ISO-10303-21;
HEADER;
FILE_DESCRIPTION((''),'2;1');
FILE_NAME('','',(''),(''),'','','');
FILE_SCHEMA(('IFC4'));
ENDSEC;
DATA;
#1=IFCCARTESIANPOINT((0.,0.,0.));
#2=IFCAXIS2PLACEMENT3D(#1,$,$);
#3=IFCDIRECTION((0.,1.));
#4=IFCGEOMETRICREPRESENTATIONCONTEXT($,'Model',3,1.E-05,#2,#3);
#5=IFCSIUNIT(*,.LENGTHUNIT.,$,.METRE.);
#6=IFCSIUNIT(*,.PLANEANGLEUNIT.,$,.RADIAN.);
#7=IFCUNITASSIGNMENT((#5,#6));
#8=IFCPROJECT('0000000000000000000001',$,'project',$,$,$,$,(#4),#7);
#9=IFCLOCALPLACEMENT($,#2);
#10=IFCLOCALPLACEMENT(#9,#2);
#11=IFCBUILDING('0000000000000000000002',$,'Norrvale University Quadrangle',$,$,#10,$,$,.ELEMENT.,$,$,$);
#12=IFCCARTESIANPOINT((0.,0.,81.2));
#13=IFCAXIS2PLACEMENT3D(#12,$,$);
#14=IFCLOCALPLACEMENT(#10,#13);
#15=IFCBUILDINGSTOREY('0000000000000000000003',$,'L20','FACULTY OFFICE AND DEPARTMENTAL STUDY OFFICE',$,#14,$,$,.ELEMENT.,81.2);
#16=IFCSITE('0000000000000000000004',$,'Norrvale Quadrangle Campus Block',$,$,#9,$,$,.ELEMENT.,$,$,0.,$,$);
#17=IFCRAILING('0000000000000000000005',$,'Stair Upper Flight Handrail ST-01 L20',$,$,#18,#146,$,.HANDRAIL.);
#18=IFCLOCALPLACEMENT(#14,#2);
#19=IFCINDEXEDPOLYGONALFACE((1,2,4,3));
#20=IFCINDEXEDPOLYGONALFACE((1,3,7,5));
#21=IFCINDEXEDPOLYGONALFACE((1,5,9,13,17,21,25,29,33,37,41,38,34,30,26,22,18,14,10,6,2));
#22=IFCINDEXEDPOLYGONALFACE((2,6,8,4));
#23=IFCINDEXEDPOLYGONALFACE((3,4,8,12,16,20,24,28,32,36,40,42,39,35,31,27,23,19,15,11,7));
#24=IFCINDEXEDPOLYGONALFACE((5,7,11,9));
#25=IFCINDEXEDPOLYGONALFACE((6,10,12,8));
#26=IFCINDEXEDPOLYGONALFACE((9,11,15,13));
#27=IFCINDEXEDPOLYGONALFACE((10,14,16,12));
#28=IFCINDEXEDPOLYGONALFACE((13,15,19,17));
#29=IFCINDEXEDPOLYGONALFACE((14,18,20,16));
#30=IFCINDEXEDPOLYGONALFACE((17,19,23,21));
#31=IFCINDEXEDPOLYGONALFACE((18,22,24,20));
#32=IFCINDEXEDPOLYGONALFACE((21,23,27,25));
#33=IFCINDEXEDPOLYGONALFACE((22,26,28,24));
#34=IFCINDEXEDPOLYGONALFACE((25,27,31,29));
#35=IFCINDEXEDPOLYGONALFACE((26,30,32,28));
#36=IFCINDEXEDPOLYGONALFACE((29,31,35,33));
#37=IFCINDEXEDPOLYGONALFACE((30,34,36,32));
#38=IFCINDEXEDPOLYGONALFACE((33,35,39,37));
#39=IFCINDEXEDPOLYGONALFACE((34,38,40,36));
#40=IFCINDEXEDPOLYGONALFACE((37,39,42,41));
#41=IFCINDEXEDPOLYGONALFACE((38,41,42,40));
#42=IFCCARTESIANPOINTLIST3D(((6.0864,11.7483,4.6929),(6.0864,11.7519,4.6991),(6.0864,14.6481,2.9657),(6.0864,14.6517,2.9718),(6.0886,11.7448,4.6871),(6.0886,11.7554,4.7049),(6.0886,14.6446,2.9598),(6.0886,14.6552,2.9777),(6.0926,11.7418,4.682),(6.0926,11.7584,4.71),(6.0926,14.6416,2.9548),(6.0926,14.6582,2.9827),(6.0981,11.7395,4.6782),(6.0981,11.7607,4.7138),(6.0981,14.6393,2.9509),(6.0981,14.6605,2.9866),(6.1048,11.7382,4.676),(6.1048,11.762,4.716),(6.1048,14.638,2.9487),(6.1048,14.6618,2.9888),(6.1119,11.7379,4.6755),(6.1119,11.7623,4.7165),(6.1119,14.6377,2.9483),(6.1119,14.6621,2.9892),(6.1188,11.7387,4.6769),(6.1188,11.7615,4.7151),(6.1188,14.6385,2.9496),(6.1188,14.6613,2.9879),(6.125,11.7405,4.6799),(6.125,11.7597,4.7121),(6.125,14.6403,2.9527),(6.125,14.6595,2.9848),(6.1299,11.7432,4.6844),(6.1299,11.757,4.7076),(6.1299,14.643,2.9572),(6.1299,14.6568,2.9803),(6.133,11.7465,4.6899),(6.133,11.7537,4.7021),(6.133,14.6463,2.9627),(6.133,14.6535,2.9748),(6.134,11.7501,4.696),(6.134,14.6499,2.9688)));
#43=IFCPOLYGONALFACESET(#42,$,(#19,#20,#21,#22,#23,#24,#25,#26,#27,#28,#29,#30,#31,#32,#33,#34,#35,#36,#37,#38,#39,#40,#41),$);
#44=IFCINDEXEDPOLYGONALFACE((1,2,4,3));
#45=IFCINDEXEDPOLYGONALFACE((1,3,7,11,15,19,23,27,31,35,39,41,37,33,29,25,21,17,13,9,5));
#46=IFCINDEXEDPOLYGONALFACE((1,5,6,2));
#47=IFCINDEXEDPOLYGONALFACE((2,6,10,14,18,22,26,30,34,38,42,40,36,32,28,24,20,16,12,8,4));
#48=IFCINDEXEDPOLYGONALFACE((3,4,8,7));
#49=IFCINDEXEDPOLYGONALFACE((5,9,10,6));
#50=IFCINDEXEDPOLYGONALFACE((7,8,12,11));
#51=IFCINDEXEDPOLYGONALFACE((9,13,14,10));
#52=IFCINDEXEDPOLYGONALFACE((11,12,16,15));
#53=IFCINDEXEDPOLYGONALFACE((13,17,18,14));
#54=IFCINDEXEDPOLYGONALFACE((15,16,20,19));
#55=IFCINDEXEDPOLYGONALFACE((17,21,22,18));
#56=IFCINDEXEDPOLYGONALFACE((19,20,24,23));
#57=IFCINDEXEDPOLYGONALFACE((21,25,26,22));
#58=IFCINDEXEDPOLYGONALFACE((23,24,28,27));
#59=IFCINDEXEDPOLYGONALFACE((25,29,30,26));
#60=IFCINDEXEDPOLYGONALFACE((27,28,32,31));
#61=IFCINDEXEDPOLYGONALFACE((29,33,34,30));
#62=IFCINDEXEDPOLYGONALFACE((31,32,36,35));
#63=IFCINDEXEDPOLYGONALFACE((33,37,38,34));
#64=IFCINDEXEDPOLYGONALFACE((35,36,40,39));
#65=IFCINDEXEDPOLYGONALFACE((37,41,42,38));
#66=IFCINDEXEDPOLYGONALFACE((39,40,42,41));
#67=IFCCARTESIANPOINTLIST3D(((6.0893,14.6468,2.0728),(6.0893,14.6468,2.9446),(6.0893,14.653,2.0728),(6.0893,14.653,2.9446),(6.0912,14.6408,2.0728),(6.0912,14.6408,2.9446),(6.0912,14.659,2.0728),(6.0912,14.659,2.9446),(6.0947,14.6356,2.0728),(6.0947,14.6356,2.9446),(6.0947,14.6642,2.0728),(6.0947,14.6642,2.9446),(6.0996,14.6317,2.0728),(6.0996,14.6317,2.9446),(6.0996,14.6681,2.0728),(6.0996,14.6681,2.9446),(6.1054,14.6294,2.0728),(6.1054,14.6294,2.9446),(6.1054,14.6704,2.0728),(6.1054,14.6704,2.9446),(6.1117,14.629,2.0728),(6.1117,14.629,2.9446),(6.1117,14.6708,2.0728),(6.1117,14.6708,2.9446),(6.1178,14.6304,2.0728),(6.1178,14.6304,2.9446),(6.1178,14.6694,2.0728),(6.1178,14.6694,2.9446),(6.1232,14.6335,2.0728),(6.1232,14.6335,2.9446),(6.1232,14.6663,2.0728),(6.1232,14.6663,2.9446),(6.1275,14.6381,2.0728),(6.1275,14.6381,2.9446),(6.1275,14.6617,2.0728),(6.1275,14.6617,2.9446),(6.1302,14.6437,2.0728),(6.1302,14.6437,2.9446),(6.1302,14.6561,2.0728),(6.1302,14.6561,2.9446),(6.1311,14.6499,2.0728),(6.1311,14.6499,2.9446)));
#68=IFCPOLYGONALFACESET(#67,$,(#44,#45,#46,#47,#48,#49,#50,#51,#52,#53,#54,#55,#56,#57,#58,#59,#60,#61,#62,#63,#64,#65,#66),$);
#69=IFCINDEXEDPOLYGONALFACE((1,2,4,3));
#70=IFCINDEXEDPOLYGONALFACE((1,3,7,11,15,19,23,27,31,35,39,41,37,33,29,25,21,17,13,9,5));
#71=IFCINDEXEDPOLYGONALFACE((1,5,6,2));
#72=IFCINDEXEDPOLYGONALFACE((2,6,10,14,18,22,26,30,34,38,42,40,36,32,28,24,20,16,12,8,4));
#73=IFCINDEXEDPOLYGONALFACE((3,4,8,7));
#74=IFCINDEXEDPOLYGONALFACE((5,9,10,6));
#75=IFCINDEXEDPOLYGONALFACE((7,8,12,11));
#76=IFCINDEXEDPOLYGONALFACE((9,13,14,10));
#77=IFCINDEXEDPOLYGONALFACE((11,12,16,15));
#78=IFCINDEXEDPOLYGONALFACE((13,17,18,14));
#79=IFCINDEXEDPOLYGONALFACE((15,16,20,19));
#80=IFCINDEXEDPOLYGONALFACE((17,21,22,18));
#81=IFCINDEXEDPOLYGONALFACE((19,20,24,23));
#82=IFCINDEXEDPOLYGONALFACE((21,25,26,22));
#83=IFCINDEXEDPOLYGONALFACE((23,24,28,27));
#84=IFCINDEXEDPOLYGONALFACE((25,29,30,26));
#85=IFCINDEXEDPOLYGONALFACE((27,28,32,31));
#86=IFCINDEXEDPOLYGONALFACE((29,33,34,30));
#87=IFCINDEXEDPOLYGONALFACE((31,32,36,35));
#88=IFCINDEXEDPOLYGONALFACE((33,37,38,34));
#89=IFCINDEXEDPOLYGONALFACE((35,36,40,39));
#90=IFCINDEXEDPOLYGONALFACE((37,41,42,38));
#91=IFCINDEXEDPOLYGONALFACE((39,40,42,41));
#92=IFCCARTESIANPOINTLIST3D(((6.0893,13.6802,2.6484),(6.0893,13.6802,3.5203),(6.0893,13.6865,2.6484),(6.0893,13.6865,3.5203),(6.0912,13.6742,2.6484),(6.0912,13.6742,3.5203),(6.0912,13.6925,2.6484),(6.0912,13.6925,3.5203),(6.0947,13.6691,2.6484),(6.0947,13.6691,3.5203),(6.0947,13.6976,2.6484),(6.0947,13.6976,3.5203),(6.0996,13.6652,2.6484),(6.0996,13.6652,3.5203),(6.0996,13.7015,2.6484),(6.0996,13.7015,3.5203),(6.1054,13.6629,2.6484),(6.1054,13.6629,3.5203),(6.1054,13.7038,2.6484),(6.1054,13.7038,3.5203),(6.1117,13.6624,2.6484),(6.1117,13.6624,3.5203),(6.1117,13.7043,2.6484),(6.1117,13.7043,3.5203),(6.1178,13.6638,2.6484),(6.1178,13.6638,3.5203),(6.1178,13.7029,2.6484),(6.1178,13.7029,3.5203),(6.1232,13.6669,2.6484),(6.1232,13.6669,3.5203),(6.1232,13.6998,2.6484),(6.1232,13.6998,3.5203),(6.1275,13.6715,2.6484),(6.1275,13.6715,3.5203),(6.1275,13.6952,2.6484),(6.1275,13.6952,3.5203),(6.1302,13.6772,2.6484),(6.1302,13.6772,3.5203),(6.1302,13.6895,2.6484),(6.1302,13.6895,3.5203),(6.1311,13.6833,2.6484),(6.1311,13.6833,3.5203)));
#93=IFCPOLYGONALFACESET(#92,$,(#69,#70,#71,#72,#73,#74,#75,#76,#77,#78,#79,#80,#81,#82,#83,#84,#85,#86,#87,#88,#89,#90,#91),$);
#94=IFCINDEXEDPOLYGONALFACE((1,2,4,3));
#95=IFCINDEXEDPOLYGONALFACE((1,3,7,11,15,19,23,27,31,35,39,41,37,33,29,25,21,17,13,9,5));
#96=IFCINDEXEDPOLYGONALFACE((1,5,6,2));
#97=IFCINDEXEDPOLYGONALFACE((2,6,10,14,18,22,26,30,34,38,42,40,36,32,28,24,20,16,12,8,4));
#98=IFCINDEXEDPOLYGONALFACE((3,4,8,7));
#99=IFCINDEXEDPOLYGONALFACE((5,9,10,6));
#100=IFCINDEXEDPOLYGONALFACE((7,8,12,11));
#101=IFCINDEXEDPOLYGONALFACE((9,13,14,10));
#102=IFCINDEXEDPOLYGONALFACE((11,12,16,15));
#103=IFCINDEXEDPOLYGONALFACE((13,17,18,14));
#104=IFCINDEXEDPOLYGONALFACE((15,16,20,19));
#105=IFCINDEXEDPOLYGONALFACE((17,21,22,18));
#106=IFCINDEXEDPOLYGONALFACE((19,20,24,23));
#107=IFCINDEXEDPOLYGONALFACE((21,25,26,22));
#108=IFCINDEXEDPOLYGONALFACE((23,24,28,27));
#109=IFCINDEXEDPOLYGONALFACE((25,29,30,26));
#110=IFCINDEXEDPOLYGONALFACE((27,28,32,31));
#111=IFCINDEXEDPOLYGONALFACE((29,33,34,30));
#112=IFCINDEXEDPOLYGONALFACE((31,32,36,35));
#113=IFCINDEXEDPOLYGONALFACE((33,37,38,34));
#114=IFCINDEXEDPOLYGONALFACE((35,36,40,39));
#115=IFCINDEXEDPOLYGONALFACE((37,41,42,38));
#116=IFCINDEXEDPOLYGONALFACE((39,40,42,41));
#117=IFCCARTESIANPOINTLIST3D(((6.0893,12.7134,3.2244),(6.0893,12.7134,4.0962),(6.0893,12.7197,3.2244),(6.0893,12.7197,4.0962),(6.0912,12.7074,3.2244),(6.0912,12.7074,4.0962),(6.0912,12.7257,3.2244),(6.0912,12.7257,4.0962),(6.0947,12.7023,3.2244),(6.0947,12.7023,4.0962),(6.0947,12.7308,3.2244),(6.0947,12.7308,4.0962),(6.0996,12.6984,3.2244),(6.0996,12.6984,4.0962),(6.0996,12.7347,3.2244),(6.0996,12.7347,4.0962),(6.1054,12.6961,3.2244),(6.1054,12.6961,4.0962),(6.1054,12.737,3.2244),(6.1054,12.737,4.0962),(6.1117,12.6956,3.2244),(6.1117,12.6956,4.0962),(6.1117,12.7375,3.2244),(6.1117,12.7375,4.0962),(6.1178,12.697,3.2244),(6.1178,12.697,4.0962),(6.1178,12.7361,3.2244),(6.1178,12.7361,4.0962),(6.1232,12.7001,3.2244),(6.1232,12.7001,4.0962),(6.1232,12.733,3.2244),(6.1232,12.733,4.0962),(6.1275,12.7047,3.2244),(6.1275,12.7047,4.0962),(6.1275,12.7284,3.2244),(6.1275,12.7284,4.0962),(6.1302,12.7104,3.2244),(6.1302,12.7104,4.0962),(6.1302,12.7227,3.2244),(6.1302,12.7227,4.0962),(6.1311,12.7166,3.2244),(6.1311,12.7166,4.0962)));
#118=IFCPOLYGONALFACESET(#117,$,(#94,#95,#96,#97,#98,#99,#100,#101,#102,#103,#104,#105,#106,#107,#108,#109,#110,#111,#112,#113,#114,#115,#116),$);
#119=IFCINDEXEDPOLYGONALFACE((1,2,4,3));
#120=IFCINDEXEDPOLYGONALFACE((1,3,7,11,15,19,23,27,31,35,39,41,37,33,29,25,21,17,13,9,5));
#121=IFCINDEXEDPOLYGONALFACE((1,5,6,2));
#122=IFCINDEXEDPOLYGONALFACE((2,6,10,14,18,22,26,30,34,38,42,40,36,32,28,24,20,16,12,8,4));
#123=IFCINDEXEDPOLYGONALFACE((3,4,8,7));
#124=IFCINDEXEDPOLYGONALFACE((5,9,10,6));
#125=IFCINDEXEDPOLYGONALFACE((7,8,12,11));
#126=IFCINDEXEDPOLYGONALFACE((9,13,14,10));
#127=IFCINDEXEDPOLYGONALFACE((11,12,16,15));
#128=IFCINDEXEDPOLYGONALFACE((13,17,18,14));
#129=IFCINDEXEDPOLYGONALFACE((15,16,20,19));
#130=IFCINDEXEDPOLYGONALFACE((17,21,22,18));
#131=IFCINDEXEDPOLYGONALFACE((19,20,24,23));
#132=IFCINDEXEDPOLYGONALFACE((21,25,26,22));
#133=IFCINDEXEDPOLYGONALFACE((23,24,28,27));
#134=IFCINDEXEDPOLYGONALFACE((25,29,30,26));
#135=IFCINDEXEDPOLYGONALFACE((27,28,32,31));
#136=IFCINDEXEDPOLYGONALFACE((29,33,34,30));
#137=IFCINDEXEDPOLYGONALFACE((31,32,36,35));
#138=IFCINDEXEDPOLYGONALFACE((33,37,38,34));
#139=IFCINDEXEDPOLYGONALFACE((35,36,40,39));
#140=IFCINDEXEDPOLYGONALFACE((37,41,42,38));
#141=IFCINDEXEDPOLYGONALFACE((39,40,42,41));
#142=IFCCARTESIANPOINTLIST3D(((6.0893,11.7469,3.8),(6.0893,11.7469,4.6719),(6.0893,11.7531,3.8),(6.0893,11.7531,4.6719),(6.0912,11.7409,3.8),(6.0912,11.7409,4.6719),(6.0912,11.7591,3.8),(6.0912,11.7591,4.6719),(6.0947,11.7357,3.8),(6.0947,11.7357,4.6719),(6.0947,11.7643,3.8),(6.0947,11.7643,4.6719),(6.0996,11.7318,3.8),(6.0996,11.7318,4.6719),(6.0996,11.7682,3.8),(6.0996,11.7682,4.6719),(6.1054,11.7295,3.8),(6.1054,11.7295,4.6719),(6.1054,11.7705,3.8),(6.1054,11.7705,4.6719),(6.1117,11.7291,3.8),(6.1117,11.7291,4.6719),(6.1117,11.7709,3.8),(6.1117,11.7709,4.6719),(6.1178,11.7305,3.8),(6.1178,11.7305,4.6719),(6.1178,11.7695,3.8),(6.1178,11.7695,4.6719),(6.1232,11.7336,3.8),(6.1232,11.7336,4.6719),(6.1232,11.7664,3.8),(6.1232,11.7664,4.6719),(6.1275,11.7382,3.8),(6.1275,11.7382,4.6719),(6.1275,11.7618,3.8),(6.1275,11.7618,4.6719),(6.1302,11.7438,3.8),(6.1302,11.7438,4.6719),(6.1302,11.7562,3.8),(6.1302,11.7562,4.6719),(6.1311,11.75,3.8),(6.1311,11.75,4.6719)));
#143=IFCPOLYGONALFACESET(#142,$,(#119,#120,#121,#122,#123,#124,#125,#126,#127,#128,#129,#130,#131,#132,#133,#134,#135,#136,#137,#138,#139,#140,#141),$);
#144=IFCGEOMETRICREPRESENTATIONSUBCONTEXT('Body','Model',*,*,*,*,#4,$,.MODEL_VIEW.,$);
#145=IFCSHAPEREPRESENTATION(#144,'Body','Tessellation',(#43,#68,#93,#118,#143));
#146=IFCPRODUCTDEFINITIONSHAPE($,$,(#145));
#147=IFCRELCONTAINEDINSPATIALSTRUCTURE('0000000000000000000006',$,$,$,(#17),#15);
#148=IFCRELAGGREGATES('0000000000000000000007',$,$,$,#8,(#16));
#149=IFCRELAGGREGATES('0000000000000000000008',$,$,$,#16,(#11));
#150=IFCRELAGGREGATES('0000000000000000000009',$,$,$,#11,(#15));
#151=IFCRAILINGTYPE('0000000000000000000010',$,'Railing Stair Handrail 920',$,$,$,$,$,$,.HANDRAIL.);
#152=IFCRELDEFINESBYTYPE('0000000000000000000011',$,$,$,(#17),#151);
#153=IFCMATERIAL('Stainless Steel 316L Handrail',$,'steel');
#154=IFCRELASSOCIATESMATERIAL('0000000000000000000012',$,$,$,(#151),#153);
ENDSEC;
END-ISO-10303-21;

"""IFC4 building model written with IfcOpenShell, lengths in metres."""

from ifc_helpers import new_model, si_unit, direction, frame, origin, origin_2d, place, context, subcontext, project, spatial, circle, extrude, material, type_object, element, save


model = new_model("IFC4")

# Units and contexts
model_context = context("Model", 3, precision=1e-05, world=origin(), true_north=direction((0.0, 1.0)))
body_context = subcontext(model_context, "Body", "Model", "MODEL_VIEW")
ifc_project = project(units=[si_unit("LENGTHUNIT", "METRE"), si_unit("PLANEANGLEUNIT", "RADIAN")], contexts=[model_context])

# Site, building, storey
site_placement = place(None, origin())
site = spatial("IfcSite", under=ifc_project, at=site_placement, Name="Norrvale Quadrangle Campus Block", CompositionType="ELEMENT", RefElevation=0.0)
building_placement = place(site_placement, origin())
building = spatial("IfcBuilding", under=site, at=building_placement, Name="Norrvale University Quadrangle", CompositionType="ELEMENT")
storey_placement = place(building_placement, frame((0.0, 0.0, 81.2)))
storey = spatial("IfcBuildingStorey", under=building, at=storey_placement, Name="L20", Description="FACULTY OFFICE AND DEPARTMENTAL STUDY OFFICE", CompositionType="ELEMENT", Elevation=81.2)

# Railing
ifc_material_1 = material(Name="Stainless Steel 316L Handrail", Category="steel")
railing_type_1 = type_object("IfcRailingType", Name="Railing Stair Handrail 920", PredefinedType="HANDRAIL", material=ifc_material_1)
railing_1_placement = place(storey_placement, frame((6.1101, 14.6499, 2.0728)))
element("IfcRailing", 1, at=railing_1_placement, inside=storey, type_object=railing_type_1, Name="Stair Upper Flight Handrail ST-01 L20", PredefinedType="HANDRAIL", context=body_context, shape_type="SweptSolid", body=[
    extrude(circle(Radius=0.0239, at=origin_2d()), frame((0.0, 0.0, 0.896), z_axis=(0.0, -0.859141, 0.511738), x_axis=(1.0, 0.0, 0.0)), (0.0, 0.0, 1.0), 3.3752),
    extrude(circle(Radius=0.021, at=origin_2d()), origin(), (0.0, 0.0, 1.0), 0.8718),
    extrude(circle(Radius=0.021, at=origin_2d()), frame((0.0, -0.9666, 0.5757)), (0.0, 0.0, 1.0), 0.8718),
    extrude(circle(Radius=0.021, at=origin_2d()), frame((0.0, -1.9333, 1.1516)), (0.0, 0.0, 1.0), 0.8718),
    extrude(circle(Radius=0.021, at=origin_2d()), frame((0.0, -2.8999, 1.7273)), (0.0, 0.0, 1.0), 0.8718),
])

save(model, "model.ifc")
